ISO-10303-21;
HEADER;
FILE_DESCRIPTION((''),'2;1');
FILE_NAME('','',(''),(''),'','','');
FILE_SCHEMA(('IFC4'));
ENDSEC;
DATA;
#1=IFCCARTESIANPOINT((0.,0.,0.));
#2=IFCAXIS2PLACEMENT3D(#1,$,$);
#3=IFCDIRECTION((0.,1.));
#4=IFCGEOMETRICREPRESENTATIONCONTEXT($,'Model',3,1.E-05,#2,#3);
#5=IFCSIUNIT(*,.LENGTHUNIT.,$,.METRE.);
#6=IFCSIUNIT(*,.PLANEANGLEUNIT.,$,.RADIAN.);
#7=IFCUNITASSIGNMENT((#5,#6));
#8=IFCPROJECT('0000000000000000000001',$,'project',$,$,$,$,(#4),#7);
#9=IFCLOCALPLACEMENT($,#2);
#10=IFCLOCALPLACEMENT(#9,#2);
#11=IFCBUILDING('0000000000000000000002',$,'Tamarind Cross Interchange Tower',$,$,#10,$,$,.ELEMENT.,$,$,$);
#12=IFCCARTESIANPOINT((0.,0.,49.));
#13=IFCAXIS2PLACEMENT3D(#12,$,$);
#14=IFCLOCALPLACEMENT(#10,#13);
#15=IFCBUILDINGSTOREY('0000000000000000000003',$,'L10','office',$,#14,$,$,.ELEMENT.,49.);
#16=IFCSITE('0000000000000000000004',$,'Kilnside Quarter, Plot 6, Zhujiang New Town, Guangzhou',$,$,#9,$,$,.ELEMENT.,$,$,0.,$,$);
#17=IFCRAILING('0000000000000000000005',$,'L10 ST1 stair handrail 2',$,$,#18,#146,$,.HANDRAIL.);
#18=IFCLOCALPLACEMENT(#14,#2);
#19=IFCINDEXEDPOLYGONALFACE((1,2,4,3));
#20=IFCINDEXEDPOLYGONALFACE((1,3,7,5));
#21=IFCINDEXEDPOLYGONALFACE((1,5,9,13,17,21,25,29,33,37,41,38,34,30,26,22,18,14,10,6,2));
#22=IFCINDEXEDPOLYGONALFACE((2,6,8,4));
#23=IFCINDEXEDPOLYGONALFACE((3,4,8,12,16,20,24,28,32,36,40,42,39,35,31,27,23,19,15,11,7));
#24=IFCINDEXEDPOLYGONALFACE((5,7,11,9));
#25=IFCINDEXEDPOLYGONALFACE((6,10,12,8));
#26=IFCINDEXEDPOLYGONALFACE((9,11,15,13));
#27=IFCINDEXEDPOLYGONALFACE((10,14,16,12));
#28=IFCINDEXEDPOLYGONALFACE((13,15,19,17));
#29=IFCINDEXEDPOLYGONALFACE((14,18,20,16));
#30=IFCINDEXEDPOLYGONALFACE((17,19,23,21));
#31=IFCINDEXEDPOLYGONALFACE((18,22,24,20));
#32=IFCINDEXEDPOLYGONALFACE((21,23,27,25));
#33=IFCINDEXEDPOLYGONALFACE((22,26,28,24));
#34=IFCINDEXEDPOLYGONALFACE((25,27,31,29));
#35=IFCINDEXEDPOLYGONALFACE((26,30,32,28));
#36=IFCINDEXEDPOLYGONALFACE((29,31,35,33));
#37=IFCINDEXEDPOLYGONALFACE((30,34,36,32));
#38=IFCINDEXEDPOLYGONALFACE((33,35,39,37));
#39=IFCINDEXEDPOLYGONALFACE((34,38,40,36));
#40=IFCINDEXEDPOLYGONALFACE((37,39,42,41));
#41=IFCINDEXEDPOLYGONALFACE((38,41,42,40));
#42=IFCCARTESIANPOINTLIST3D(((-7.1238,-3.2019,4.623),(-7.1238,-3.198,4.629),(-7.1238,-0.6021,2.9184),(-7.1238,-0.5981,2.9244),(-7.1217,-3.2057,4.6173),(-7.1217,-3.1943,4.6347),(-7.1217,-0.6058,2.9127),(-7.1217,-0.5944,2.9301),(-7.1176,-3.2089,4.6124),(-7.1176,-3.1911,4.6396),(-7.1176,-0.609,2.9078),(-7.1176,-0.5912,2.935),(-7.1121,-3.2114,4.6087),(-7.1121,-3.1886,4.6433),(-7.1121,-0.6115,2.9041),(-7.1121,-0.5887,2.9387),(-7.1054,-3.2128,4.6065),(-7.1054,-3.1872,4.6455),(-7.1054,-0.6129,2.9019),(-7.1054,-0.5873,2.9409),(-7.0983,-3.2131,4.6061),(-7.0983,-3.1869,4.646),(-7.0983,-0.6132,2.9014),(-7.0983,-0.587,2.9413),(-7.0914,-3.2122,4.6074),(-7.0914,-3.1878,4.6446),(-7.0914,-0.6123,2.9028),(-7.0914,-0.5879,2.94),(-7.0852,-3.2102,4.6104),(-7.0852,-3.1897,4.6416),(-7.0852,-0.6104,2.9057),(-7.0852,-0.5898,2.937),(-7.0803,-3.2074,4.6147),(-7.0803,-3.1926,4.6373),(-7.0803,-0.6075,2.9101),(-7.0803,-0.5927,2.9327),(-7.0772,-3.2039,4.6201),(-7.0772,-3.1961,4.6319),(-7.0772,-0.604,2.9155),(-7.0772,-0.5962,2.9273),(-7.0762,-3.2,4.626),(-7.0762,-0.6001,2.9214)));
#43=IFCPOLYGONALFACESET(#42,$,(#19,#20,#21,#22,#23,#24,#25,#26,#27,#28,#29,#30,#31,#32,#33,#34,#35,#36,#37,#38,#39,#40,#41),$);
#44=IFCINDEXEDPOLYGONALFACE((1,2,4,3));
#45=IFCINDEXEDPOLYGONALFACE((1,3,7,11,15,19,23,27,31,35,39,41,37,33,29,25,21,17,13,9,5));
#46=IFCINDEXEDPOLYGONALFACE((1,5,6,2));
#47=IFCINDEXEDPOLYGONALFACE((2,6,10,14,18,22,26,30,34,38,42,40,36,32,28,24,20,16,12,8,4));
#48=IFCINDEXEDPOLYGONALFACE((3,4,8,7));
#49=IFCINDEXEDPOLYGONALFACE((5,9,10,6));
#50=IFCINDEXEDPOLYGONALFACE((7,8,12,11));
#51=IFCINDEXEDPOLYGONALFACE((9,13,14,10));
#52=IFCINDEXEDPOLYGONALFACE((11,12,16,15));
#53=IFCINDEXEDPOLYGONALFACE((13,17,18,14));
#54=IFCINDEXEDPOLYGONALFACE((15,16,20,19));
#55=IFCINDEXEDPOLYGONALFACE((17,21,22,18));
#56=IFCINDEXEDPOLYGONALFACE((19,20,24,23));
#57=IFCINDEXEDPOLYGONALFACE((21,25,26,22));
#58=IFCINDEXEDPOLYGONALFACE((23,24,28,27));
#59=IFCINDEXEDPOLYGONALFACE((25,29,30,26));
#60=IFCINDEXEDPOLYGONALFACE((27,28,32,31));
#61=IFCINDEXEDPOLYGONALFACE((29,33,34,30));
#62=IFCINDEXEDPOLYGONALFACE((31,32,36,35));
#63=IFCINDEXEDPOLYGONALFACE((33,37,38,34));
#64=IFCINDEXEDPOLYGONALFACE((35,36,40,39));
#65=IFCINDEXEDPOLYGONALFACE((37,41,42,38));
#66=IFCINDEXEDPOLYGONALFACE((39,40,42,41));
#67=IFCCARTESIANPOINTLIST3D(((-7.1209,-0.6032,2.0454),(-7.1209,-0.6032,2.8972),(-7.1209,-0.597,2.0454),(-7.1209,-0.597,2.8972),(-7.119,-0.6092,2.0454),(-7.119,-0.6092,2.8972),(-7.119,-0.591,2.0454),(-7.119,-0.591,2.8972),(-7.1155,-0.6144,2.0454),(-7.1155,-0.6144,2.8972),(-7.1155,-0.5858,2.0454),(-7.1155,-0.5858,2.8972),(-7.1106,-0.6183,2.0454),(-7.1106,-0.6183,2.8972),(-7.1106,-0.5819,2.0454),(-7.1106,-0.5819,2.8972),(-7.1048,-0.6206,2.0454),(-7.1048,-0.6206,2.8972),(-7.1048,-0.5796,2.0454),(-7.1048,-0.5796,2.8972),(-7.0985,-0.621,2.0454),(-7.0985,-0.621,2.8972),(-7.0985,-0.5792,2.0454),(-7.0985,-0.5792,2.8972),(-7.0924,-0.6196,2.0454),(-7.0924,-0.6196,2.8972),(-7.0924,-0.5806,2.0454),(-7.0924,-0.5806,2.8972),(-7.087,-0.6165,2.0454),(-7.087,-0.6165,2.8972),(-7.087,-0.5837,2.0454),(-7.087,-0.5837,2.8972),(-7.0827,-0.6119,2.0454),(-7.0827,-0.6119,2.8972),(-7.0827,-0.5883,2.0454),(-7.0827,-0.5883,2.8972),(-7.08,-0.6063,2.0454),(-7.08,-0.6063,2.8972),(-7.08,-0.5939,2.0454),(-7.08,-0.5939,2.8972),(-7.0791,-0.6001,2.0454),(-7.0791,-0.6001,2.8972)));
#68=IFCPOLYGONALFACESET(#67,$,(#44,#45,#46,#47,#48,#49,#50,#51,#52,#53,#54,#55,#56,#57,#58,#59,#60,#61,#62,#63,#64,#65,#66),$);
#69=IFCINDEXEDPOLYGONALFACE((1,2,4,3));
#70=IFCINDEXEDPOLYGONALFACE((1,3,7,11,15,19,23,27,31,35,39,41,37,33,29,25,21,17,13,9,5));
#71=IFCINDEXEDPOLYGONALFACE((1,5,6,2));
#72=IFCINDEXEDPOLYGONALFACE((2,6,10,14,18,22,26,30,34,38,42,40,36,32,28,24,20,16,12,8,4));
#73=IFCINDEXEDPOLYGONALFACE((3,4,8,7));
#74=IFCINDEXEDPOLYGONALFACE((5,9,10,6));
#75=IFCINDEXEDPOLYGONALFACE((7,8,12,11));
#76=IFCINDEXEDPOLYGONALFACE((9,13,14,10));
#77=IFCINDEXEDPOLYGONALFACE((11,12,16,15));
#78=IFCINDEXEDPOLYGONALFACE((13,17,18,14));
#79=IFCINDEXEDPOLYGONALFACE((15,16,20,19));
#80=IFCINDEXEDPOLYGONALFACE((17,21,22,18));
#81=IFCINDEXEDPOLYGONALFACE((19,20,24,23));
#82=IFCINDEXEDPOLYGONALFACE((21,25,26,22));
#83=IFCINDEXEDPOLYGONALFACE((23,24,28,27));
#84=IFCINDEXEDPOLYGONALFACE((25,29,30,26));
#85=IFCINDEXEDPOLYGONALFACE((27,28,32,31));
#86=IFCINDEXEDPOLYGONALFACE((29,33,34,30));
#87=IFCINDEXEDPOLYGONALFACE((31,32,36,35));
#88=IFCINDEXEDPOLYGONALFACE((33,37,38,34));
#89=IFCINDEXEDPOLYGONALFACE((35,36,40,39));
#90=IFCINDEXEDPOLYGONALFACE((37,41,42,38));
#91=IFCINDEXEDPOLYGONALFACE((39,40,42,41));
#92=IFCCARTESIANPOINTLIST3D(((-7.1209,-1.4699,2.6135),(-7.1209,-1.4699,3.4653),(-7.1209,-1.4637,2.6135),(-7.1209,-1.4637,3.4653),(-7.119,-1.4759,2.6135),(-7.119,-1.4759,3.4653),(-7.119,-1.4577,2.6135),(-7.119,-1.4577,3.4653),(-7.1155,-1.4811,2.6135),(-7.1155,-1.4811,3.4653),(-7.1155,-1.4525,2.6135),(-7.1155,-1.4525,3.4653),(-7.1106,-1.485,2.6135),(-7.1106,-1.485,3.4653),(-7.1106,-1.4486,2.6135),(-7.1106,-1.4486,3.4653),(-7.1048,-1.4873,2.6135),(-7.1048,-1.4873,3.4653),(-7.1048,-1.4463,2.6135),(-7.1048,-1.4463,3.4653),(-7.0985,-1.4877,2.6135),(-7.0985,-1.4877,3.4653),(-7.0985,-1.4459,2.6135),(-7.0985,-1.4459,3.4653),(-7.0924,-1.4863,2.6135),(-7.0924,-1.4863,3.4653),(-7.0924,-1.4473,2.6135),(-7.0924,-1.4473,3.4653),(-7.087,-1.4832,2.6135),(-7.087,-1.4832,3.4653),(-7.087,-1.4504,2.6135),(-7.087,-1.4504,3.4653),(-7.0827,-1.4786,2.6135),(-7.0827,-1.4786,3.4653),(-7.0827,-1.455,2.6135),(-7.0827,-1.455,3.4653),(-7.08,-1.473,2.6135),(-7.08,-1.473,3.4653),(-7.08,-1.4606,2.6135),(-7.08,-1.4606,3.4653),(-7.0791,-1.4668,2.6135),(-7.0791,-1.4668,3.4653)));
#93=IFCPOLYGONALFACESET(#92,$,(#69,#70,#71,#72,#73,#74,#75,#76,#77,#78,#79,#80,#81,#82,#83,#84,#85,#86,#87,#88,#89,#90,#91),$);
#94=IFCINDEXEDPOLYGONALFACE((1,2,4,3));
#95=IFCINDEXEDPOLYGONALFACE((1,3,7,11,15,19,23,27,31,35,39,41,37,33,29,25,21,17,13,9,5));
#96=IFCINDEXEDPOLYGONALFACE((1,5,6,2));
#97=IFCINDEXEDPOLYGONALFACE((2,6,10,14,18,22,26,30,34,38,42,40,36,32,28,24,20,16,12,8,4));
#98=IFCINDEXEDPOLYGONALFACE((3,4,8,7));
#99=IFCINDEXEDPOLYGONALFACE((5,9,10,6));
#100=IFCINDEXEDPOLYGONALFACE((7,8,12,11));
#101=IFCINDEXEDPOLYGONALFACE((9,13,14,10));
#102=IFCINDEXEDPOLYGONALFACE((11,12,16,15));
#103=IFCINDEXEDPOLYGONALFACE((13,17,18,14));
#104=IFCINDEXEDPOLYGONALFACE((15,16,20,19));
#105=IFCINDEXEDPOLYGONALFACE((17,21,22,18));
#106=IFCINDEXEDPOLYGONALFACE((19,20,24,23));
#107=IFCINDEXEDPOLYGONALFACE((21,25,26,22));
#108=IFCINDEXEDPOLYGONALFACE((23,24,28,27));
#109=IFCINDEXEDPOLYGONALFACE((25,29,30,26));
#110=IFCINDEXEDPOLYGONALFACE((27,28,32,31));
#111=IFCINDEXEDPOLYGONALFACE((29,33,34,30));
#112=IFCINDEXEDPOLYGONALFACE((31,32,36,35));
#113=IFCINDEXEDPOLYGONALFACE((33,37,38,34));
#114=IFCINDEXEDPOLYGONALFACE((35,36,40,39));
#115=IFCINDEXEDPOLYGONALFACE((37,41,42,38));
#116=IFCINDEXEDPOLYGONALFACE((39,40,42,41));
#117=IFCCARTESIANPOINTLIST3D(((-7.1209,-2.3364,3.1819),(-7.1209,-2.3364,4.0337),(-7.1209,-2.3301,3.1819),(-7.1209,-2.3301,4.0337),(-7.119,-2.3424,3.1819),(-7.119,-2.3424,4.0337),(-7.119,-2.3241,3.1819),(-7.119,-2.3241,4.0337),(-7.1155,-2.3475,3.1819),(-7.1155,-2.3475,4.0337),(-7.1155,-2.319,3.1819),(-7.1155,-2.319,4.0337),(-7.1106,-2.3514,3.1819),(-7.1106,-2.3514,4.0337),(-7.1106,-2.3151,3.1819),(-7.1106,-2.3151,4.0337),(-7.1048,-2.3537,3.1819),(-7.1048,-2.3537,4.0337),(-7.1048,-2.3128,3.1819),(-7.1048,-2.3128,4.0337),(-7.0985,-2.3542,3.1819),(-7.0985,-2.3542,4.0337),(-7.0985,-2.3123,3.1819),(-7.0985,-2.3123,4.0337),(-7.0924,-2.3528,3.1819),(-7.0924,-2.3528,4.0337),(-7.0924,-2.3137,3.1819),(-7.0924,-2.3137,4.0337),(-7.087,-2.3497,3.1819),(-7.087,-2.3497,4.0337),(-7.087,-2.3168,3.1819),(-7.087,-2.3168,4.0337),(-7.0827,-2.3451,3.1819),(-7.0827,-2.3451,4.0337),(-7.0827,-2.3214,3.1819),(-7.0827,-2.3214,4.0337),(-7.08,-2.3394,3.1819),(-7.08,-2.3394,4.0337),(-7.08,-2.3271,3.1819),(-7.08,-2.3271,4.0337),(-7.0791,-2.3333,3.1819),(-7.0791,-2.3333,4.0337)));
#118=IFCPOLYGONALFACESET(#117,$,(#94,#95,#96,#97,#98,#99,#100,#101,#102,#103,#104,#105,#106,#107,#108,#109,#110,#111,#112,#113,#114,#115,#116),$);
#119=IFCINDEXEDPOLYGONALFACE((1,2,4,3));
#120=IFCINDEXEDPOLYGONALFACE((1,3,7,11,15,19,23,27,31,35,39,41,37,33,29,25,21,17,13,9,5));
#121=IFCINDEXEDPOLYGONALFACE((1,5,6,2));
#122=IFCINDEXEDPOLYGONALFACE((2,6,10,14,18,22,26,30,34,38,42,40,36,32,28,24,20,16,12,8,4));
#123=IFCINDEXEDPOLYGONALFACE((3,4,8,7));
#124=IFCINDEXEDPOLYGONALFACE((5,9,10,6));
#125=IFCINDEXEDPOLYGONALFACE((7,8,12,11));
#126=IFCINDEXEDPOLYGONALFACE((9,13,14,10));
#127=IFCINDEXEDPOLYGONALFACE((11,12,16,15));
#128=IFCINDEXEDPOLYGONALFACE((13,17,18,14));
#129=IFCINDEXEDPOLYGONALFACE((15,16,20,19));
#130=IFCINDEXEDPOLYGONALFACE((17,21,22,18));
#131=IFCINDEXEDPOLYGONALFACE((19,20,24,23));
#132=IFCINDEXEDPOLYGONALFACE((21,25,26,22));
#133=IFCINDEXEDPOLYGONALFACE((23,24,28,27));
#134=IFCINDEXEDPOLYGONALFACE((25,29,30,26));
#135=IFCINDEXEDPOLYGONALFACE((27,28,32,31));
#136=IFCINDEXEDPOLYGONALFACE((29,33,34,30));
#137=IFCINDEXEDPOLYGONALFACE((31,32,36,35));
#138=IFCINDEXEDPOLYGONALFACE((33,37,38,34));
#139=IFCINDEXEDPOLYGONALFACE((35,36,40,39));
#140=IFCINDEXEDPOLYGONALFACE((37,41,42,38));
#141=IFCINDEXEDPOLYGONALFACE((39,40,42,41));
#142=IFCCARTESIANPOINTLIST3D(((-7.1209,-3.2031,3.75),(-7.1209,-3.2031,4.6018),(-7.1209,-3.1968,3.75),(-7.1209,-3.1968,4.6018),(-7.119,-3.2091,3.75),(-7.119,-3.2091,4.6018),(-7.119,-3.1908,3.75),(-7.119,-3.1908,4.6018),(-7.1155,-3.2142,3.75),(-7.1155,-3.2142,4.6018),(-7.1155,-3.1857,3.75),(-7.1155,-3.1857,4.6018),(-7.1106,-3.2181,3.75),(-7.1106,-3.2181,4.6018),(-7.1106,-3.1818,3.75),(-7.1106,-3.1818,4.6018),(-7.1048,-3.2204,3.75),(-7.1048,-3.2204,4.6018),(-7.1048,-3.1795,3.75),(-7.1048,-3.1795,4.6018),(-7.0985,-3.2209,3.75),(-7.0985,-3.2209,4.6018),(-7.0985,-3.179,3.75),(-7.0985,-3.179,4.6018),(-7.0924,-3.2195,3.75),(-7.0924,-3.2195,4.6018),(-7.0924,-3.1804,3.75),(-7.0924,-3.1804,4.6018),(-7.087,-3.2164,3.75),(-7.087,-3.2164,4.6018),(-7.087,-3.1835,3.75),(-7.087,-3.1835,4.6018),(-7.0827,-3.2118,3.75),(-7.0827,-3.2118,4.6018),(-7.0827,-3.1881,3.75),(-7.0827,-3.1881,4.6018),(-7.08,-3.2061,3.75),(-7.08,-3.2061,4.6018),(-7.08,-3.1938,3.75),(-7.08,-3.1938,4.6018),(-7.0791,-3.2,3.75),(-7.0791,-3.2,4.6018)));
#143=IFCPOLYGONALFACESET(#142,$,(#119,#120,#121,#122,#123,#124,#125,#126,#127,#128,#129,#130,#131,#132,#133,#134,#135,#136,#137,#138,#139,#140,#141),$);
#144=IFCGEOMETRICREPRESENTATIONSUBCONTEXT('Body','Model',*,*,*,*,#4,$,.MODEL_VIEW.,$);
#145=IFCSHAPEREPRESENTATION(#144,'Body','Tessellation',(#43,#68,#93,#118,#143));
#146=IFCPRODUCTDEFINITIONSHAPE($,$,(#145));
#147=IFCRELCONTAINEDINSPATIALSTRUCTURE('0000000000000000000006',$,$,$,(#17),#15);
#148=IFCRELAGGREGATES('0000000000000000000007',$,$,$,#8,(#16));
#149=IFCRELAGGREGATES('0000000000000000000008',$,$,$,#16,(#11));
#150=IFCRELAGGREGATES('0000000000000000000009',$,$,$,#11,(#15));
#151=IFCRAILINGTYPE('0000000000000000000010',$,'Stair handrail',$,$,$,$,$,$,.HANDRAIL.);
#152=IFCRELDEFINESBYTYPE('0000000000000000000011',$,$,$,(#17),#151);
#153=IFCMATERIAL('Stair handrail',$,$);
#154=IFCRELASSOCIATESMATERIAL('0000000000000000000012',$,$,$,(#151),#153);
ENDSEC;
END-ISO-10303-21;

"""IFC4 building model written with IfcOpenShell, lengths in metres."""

from ifc_helpers import new_model, si_unit, direction, frame, origin, origin_2d, place, context, subcontext, project, spatial, circle, extrude, material, type_object, element, save


model = new_model("IFC4")

# Units and contexts
model_context = context("Model", 3, precision=1e-05, world=origin(), true_north=direction((0.0, 1.0)))
body_context = subcontext(model_context, "Body", "Model", "MODEL_VIEW")
ifc_project = project(units=[si_unit("LENGTHUNIT", "METRE"), si_unit("PLANEANGLEUNIT", "RADIAN")], contexts=[model_context])

# Site, building, storey
site_placement = place(None, origin())
site = spatial("IfcSite", under=ifc_project, at=site_placement, Name="Kilnside Quarter, Plot 6, Zhujiang New Town, Guangzhou", CompositionType="ELEMENT", RefElevation=0.0)
building_placement = place(site_placement, origin())
building = spatial("IfcBuilding", under=site, at=building_placement, Name="Tamarind Cross Interchange Tower", CompositionType="ELEMENT")
storey_placement = place(building_placement, frame((0.0, 0.0, 49.0)))
storey = spatial("IfcBuildingStorey", under=building, at=storey_placement, Name="L10", Description="office", CompositionType="ELEMENT", Elevation=49.0)

# Railing
ifc_material_1 = material(Name="Stair handrail")
railing_type_1 = type_object("IfcRailingType", Name="Stair handrail", PredefinedType="HANDRAIL", material=ifc_material_1)
railing_1_placement = place(storey_placement, frame((-7.1001, -0.6001, 2.0454)))
element("IfcRailing", 1, at=railing_1_placement, inside=storey, type_object=railing_type_1, Name="L10 ST1 stair handrail 2", PredefinedType="HANDRAIL", context=body_context, shape_type="SweptSolid", body=[
    extrude(circle(Radius=0.0239, at=origin_2d()), frame((0.0, 0.0, 0.876), z_axis=(0.0, -0.836279, 0.548305), x_axis=(1.0, 0.0, 0.0)), (0.0, 0.0, 1.0), 3.1089),
    extrude(circle(Radius=0.021, at=origin_2d()), origin(), (0.0, 0.0, 1.0), 0.8518),
    extrude(circle(Radius=0.021, at=origin_2d()), frame((0.0, -0.8667, 0.5681)), (0.0, 0.0, 1.0), 0.8518),
    extrude(circle(Radius=0.021, at=origin_2d()), frame((0.0, -1.7332, 1.1365)), (0.0, 0.0, 1.0), 0.8518),
    extrude(circle(Radius=0.021, at=origin_2d()), frame((0.0, -2.5999, 1.7046)), (0.0, 0.0, 1.0), 0.8518),
])

save(model, "model.ifc")
